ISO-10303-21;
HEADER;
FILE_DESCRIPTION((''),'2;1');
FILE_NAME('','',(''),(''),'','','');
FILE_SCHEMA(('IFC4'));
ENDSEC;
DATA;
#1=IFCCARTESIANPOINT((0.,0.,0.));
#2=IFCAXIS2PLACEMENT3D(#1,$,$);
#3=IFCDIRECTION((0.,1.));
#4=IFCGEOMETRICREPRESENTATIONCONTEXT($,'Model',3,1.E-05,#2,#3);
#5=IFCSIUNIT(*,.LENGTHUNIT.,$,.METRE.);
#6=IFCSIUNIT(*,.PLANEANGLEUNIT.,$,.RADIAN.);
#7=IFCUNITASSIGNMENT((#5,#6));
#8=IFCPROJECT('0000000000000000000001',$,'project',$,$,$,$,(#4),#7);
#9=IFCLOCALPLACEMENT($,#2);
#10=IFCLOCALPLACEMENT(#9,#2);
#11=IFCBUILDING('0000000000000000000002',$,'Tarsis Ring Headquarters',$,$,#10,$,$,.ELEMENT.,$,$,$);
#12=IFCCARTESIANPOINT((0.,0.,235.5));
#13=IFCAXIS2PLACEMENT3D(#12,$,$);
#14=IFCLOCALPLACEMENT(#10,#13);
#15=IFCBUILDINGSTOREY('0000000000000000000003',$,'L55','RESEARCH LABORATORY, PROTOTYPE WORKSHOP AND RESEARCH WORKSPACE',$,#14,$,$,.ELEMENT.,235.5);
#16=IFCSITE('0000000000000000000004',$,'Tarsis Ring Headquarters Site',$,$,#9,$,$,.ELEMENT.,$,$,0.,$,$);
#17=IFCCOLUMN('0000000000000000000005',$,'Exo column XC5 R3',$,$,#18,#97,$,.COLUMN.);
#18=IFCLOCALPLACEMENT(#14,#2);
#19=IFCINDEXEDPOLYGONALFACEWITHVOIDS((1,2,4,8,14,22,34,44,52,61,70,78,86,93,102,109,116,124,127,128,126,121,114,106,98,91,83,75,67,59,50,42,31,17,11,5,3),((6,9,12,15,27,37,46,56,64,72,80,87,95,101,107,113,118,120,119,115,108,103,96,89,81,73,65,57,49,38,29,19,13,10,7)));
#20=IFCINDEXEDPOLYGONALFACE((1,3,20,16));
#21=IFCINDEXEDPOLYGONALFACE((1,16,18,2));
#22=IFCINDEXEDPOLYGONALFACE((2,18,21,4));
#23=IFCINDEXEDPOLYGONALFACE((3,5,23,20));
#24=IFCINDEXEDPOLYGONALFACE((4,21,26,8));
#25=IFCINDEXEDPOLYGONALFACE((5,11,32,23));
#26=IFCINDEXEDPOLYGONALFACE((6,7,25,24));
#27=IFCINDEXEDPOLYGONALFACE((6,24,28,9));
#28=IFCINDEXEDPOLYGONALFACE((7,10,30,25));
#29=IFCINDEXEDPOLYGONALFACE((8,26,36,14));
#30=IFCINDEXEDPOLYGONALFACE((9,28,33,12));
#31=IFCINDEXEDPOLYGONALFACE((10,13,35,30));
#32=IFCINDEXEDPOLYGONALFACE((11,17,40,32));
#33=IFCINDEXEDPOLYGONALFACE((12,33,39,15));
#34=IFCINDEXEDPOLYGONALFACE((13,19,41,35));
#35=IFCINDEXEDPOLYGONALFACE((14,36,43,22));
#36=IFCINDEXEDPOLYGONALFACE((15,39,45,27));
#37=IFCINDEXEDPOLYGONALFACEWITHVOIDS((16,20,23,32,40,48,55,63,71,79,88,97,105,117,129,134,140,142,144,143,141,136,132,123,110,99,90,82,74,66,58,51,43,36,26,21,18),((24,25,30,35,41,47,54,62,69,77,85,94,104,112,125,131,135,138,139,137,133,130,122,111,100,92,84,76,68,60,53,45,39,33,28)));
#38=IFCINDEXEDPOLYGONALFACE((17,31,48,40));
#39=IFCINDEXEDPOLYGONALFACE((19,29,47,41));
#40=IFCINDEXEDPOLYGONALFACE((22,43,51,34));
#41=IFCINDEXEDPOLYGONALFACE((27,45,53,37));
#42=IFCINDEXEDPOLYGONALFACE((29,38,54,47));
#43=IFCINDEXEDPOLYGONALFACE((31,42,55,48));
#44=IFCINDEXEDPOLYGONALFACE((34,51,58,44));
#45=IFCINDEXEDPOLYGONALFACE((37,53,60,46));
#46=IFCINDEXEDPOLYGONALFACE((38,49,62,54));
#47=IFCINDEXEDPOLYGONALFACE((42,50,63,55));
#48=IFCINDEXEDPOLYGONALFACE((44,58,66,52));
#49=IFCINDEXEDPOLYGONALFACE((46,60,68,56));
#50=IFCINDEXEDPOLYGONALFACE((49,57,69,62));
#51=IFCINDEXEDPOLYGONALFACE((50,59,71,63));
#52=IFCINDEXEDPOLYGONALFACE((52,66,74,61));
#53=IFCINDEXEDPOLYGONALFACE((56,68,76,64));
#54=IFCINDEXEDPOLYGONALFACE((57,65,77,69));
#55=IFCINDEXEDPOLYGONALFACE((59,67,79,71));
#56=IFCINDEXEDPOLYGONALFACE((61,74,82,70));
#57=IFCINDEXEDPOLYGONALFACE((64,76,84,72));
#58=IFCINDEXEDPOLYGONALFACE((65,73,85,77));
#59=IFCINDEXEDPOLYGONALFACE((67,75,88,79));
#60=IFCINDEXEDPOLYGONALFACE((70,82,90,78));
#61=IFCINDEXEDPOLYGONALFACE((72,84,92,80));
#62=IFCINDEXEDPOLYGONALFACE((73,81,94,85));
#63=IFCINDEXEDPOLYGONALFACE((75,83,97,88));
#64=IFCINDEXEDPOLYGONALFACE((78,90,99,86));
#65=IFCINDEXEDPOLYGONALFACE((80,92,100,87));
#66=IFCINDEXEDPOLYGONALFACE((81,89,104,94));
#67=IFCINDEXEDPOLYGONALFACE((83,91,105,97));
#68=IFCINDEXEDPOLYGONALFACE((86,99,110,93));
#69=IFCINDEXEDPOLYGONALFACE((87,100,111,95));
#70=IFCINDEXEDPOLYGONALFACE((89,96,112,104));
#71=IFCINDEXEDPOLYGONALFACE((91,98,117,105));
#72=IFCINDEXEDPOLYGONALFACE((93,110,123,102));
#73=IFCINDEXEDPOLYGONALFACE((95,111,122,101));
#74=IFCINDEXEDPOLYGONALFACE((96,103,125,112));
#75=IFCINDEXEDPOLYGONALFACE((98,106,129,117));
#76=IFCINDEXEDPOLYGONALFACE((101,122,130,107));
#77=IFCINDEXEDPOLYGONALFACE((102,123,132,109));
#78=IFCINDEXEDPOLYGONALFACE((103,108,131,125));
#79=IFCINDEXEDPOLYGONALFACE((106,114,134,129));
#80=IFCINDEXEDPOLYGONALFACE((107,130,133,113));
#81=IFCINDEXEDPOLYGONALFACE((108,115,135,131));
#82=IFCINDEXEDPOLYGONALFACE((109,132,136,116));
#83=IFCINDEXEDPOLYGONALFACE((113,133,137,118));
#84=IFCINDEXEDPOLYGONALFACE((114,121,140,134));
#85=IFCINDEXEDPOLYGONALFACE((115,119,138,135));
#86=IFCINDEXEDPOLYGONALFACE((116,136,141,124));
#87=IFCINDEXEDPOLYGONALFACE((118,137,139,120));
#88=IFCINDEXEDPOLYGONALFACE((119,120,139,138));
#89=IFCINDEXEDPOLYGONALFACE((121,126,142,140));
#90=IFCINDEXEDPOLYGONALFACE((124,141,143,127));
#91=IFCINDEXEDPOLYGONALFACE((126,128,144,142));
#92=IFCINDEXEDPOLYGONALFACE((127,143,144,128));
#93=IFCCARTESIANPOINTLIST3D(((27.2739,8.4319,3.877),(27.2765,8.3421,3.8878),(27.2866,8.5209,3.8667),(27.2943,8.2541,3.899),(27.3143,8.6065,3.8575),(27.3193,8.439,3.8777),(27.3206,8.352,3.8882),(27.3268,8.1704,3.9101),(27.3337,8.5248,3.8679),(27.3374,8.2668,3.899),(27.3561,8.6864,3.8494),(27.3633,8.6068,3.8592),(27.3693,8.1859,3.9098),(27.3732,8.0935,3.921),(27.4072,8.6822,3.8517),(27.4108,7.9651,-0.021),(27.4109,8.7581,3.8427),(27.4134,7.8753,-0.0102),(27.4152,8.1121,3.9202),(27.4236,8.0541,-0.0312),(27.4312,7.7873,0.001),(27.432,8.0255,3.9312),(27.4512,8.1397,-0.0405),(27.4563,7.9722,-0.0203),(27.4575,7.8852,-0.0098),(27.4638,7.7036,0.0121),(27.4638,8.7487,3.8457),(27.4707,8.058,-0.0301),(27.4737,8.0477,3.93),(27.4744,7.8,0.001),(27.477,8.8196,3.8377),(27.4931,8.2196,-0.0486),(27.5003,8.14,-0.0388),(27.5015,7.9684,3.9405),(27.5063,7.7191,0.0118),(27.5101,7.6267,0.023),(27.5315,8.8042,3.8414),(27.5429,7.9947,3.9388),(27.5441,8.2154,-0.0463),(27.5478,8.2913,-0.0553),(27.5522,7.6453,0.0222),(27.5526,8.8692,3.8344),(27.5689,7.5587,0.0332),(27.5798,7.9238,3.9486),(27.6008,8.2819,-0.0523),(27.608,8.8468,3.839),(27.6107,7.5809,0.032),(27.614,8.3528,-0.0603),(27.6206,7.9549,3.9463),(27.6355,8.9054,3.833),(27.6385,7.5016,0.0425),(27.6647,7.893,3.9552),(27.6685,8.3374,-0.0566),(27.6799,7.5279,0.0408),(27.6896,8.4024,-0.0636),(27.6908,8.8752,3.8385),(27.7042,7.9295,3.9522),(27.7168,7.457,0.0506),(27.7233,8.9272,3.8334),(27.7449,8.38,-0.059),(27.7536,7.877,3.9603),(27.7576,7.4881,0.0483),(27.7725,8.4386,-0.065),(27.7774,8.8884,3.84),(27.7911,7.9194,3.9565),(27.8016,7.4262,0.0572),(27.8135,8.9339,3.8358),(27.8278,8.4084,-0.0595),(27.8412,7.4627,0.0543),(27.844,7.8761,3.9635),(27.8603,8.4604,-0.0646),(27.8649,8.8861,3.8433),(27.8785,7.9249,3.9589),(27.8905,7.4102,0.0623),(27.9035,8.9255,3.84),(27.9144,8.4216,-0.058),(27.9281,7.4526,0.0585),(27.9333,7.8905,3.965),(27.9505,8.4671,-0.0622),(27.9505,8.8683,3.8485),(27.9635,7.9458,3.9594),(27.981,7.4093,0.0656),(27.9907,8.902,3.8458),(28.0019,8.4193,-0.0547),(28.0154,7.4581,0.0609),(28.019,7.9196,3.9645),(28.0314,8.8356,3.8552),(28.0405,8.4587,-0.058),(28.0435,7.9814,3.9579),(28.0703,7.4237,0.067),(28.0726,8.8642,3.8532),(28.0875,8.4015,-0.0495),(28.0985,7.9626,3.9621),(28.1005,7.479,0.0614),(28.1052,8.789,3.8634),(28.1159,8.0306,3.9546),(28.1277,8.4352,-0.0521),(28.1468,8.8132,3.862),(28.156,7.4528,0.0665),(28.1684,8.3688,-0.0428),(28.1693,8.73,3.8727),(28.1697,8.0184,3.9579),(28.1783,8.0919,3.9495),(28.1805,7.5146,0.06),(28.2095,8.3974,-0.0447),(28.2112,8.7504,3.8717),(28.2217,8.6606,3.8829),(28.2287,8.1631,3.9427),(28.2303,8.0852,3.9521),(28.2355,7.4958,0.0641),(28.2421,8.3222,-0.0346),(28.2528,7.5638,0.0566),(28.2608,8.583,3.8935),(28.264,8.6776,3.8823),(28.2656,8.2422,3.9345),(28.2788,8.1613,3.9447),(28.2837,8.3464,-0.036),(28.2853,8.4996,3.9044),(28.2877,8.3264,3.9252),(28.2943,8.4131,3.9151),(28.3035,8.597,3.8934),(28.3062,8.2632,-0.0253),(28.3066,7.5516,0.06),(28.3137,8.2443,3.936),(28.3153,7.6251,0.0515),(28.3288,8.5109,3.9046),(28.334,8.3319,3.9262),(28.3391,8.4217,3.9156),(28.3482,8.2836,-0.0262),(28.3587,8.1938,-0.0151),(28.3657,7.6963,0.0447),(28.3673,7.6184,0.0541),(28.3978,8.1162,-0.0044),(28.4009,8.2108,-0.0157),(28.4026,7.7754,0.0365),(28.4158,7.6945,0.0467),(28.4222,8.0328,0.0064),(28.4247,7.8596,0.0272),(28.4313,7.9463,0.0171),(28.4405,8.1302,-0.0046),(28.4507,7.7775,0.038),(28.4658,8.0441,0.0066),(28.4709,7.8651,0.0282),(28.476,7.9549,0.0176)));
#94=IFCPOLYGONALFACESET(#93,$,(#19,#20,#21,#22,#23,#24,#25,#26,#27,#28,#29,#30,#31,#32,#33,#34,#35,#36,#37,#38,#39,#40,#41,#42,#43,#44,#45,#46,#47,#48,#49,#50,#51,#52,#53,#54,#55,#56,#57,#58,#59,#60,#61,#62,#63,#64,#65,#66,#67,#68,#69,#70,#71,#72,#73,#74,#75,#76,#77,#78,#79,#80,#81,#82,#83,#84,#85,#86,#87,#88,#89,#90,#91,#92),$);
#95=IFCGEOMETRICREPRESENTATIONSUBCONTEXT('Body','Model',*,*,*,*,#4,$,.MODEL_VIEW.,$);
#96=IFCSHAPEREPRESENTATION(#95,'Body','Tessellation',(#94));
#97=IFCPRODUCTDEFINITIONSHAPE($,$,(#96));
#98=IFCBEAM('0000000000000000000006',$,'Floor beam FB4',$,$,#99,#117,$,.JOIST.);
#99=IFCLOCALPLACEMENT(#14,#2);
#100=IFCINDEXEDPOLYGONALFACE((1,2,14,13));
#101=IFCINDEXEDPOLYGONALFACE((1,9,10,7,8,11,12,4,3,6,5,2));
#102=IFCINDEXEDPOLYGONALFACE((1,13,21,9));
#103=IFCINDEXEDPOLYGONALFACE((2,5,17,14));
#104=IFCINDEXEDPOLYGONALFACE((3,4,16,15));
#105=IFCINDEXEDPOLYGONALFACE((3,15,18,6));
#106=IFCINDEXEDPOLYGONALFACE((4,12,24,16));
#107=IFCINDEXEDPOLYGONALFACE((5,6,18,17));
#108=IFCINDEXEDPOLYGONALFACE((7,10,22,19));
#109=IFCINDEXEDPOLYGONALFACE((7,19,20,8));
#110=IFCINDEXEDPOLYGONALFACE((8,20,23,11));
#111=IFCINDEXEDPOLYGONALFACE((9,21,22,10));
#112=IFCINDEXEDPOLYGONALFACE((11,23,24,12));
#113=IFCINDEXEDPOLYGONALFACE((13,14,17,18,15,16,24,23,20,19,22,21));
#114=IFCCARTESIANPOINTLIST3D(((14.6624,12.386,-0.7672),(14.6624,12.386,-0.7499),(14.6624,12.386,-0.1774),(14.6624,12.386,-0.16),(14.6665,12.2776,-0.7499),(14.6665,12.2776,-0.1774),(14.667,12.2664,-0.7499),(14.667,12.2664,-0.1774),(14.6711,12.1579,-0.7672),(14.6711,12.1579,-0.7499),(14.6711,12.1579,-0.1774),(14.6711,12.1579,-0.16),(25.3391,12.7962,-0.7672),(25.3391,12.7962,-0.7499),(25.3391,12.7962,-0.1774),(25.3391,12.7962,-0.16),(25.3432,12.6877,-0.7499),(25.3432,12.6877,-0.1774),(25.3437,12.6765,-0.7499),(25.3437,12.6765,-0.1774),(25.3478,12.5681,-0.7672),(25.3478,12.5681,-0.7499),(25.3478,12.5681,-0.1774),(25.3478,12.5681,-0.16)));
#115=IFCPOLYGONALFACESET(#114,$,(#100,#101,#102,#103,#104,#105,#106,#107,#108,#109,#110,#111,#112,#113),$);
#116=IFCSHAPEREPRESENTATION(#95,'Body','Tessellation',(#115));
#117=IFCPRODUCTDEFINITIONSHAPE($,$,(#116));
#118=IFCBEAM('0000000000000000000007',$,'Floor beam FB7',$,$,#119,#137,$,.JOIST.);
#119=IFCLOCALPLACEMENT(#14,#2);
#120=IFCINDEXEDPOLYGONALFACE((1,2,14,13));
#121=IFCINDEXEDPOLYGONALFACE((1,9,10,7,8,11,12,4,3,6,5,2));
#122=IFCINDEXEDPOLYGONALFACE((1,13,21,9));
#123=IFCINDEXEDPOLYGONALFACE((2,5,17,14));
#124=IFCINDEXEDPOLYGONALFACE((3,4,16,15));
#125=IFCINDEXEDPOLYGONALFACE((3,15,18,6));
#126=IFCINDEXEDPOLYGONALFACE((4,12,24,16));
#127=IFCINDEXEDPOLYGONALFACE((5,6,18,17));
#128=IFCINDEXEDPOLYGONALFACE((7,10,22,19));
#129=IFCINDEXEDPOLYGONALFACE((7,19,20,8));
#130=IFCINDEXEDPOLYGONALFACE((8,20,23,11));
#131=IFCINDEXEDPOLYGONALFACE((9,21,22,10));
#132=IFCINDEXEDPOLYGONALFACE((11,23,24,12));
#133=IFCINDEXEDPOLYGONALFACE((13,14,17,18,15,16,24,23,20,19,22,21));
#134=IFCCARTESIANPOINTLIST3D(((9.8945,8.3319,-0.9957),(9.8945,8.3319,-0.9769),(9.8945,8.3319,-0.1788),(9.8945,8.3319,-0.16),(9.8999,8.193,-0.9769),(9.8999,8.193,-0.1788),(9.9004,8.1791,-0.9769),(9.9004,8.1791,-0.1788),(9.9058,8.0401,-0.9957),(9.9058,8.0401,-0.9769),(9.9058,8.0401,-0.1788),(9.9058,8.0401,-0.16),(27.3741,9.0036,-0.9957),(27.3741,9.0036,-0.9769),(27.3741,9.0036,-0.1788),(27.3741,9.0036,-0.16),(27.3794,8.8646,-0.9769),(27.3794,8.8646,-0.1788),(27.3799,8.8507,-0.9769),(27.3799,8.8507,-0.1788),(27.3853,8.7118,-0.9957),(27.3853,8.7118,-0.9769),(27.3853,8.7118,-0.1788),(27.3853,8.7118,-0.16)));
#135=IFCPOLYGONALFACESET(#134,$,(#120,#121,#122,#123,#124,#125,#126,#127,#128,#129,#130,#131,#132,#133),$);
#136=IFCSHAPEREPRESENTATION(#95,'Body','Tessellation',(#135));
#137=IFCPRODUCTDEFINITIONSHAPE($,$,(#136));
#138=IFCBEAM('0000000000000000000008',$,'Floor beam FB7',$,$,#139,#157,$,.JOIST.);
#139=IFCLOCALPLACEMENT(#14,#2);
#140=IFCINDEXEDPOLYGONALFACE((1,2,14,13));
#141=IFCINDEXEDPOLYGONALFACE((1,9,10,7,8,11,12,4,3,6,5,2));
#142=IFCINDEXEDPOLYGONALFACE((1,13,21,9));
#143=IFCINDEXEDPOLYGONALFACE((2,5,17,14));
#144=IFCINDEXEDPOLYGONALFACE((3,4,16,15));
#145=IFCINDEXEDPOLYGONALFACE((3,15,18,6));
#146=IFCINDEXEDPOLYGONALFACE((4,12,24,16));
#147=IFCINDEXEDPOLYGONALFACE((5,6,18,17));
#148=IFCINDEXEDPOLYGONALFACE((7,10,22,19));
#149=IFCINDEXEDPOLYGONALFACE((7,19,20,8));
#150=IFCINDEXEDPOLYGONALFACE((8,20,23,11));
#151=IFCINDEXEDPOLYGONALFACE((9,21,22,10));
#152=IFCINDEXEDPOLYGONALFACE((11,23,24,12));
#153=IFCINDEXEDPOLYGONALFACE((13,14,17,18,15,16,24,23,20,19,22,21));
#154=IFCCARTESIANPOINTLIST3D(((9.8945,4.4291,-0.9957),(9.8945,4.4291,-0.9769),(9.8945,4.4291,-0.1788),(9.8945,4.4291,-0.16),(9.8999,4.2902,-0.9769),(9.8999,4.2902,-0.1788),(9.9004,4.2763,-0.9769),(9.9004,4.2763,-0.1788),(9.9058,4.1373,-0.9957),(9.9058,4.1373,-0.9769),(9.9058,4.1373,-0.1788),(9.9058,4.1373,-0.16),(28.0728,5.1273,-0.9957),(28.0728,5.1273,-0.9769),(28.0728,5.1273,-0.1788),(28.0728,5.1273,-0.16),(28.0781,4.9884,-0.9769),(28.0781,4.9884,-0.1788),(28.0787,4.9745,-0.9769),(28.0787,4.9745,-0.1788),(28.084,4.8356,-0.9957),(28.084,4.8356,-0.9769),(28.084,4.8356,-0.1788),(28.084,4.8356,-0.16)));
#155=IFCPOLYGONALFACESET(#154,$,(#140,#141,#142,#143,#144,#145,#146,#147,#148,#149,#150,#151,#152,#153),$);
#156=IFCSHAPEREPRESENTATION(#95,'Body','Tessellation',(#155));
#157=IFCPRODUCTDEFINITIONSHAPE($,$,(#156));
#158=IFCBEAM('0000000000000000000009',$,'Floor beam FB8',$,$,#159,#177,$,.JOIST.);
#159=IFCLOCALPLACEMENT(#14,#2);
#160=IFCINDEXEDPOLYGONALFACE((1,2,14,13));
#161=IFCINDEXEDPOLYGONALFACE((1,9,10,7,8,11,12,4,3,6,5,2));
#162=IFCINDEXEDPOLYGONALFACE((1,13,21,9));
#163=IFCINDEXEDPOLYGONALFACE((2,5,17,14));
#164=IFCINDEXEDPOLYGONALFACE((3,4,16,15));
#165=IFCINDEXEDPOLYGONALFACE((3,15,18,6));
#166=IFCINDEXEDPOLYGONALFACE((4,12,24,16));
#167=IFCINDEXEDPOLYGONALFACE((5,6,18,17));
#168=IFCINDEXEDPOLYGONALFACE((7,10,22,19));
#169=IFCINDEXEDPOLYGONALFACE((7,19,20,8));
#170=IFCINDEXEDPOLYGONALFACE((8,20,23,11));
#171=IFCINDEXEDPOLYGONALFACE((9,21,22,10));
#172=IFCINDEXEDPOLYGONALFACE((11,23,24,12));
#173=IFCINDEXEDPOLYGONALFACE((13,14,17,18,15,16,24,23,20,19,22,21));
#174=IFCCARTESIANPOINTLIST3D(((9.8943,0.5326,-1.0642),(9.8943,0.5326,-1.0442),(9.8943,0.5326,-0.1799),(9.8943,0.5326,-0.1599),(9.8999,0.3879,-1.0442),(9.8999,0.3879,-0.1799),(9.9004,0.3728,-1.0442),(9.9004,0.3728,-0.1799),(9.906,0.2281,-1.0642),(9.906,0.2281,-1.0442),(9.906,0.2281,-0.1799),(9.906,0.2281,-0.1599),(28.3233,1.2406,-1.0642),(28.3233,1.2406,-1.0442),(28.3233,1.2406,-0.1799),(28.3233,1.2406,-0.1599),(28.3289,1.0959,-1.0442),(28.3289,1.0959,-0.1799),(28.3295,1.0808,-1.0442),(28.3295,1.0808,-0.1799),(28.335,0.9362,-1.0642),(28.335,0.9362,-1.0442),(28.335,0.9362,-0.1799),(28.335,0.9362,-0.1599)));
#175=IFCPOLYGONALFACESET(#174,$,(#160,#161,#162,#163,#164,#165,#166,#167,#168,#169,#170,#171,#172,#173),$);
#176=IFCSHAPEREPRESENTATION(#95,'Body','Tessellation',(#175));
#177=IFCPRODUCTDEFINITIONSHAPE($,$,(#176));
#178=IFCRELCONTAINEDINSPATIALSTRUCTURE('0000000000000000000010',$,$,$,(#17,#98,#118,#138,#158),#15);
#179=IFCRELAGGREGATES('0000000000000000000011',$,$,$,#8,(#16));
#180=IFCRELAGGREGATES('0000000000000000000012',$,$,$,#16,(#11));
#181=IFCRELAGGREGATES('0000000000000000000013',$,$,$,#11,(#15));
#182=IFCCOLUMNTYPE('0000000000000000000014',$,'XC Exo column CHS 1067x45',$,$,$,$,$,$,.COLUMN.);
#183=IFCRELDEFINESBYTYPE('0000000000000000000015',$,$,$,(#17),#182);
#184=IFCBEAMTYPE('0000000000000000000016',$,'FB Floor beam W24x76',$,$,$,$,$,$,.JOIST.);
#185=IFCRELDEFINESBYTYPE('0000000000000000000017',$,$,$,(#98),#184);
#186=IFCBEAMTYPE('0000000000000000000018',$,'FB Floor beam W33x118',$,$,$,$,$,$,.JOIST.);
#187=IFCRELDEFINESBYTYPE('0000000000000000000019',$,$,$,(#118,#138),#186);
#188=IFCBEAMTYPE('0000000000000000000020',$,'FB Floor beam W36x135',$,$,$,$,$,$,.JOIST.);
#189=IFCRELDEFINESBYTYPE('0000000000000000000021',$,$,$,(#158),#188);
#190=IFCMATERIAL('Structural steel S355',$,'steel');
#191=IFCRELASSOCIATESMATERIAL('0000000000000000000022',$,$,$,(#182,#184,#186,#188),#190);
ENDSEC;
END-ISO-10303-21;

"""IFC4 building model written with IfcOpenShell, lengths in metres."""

from ifc_helpers import new_model, si_unit, direction, frame, origin, origin_2d, place, context, subcontext, project, spatial, hollow_circle, i_section, extrude, material, material_profile, profile_set, type_object, element, save


model = new_model("IFC4")

# Units and contexts
model_context = context("Model", 3, precision=1e-05, world=origin(), true_north=direction((0.0, 1.0)))
body_context = subcontext(model_context, "Body", "Model", "MODEL_VIEW")
ifc_project = project(units=[si_unit("LENGTHUNIT", "METRE"), si_unit("PLANEANGLEUNIT", "RADIAN")], contexts=[model_context])

# Site, building, storey
site_placement = place(None, origin())
site = spatial("IfcSite", under=ifc_project, at=site_placement, Name="Tarsis Ring Headquarters Site", CompositionType="ELEMENT", RefElevation=0.0)
building_placement = place(site_placement, origin())
building = spatial("IfcBuilding", under=site, at=building_placement, Name="Tarsis Ring Headquarters", CompositionType="ELEMENT")
storey_placement = place(building_placement, frame((0.0, 0.0, 235.5)))
storey = spatial("IfcBuildingStorey", under=building, at=storey_placement, Name="L55", Description="RESEARCH LABORATORY, PROTOTYPE WORKSHOP AND RESEARCH WORKSPACE", CompositionType="ELEMENT", Elevation=235.5)

# Column
ifc_material_1 = material(Name="Structural steel S355", Category="steel")
ifc_material_profile_1 = material_profile(ifc_material_1, hollow_circle(Radius=0.5334, WallThickness=0.0449, at=origin_2d()), Name="CHS 1067x45")
ifc_profile_set_1 = profile_set([ifc_material_profile_1], Name="Structural steel S355")
column_type = type_object("IfcColumnType", Name="XC Exo column CHS 1067x45", PredefinedType="COLUMN", material=ifc_profile_set_1)
column_placement = place(storey_placement, frame((27.9431, 7.9375, 0.001), z_axis=(-0.034867, 0.118833, 0.992302), x_axis=(-0.959549, -0.281541, 0.0)))
element("IfcColumn", 1, at=column_placement, inside=storey, type_object=column_type, Name="Exo column XC5 R3", PredefinedType="COLUMN", context=body_context, shape_type="SweptSolid", body=[
    extrude(hollow_circle(Radius=0.5334, WallThickness=0.0449, at=origin_2d()), origin(), (0.0, 0.0, 1.0), 3.9282),
])

# Beams
ifc_material_profile_2 = material_profile(ifc_material_1, i_section(OverallWidth=0.2283, OverallDepth=0.6072, WebThickness=0.0112, FlangeThickness=0.0173, at=origin_2d()), Name="W24x76")
ifc_profile_set_2 = profile_set([ifc_material_profile_2], Name="Structural steel S355")
beam_type_1 = type_object("IfcBeamType", Name="FB Floor beam W24x76", PredefinedType="JOIST", material=ifc_profile_set_2)
beam_1_placement = place(storey_placement, frame((14.6667, 12.272, -0.4636), z_axis=(0.999263, 0.038387, 0.0), x_axis=(-0.038387, 0.999263, 0.0)))
element("IfcBeam", 2, at=beam_1_placement, inside=storey, type_object=beam_type_1, Name="Floor beam FB4", PredefinedType="JOIST", context=body_context, shape_type="SweptSolid", body=[
    extrude(i_section(OverallWidth=0.2283, OverallDepth=0.6072, WebThickness=0.0112, FlangeThickness=0.0173, at=origin_2d()), origin(), (0.0, 0.0, 1.0), 10.6846),
])
ifc_material_profile_3 = material_profile(ifc_material_1, i_section(OverallWidth=0.292, OverallDepth=0.8357, WebThickness=0.0139, FlangeThickness=0.0188, at=origin_2d()), Name="W33x118")
ifc_profile_set_3 = profile_set([ifc_material_profile_3], Name="Structural steel S355")
beam_type_2 = type_object("IfcBeamType", Name="FB Floor beam W33x118", PredefinedType="JOIST", material=ifc_profile_set_3)
beam_2_placement = place(storey_placement, frame((9.9001, 8.186, -0.5779), z_axis=(0.999263, 0.038396, 0.0), x_axis=(-0.038396, 0.999263, 0.0)))
element("IfcBeam", 3, at=beam_2_placement, inside=storey, type_object=beam_type_2, Name="Floor beam FB7", PredefinedType="JOIST", context=body_context, shape_type="SweptSolid", body=[
    extrude(i_section(OverallWidth=0.292, OverallDepth=0.8357, WebThickness=0.0139, FlangeThickness=0.0188, at=origin_2d()), origin(), (0.0, 0.0, 1.0), 17.4924),
])
beam_3_placement = place(storey_placement, frame((9.9001, 4.2832, -0.5779), z_axis=(0.999263, 0.038383, 0.0), x_axis=(-0.038383, 0.999263, 0.0)))
element("IfcBeam", 4, at=beam_3_placement, inside=storey, type_object=beam_type_2, Name="Floor beam FB7", PredefinedType="JOIST", context=body_context, shape_type="SweptSolid", body=[
    extrude(i_section(OverallWidth=0.292, OverallDepth=0.8357, WebThickness=0.0139, FlangeThickness=0.0188, at=origin_2d()), origin(), (0.0, 0.0, 1.0), 18.1917),
])
ifc_material_profile_4 = material_profile(ifc_material_1, i_section(OverallWidth=0.3047, OverallDepth=0.9043, WebThickness=0.0151, FlangeThickness=0.02, at=origin_2d()), Name="W36x135")
ifc_profile_set_4 = profile_set([ifc_material_profile_4], Name="Structural steel S355")
beam_type_3 = type_object("IfcBeamType", Name="FB Floor beam W36x135", PredefinedType="JOIST", material=ifc_profile_set_4)
beam_4_placement = place(storey_placement, frame((9.9001, 0.3804, -0.6121), z_axis=(0.999263, 0.03839, 0.0), x_axis=(-0.03839, 0.999263, 0.0)))
element("IfcBeam", 5, at=beam_4_placement, inside=storey, type_object=beam_type_3, Name="Floor beam FB8", PredefinedType="JOIST", context=body_context, shape_type="SweptSolid", body=[
    extrude(i_section(OverallWidth=0.3047, OverallDepth=0.9043, WebThickness=0.0151, FlangeThickness=0.02, at=origin_2d()), origin(), (0.0, 0.0, 1.0), 18.4426),
])

save(model, "model.ifc")
